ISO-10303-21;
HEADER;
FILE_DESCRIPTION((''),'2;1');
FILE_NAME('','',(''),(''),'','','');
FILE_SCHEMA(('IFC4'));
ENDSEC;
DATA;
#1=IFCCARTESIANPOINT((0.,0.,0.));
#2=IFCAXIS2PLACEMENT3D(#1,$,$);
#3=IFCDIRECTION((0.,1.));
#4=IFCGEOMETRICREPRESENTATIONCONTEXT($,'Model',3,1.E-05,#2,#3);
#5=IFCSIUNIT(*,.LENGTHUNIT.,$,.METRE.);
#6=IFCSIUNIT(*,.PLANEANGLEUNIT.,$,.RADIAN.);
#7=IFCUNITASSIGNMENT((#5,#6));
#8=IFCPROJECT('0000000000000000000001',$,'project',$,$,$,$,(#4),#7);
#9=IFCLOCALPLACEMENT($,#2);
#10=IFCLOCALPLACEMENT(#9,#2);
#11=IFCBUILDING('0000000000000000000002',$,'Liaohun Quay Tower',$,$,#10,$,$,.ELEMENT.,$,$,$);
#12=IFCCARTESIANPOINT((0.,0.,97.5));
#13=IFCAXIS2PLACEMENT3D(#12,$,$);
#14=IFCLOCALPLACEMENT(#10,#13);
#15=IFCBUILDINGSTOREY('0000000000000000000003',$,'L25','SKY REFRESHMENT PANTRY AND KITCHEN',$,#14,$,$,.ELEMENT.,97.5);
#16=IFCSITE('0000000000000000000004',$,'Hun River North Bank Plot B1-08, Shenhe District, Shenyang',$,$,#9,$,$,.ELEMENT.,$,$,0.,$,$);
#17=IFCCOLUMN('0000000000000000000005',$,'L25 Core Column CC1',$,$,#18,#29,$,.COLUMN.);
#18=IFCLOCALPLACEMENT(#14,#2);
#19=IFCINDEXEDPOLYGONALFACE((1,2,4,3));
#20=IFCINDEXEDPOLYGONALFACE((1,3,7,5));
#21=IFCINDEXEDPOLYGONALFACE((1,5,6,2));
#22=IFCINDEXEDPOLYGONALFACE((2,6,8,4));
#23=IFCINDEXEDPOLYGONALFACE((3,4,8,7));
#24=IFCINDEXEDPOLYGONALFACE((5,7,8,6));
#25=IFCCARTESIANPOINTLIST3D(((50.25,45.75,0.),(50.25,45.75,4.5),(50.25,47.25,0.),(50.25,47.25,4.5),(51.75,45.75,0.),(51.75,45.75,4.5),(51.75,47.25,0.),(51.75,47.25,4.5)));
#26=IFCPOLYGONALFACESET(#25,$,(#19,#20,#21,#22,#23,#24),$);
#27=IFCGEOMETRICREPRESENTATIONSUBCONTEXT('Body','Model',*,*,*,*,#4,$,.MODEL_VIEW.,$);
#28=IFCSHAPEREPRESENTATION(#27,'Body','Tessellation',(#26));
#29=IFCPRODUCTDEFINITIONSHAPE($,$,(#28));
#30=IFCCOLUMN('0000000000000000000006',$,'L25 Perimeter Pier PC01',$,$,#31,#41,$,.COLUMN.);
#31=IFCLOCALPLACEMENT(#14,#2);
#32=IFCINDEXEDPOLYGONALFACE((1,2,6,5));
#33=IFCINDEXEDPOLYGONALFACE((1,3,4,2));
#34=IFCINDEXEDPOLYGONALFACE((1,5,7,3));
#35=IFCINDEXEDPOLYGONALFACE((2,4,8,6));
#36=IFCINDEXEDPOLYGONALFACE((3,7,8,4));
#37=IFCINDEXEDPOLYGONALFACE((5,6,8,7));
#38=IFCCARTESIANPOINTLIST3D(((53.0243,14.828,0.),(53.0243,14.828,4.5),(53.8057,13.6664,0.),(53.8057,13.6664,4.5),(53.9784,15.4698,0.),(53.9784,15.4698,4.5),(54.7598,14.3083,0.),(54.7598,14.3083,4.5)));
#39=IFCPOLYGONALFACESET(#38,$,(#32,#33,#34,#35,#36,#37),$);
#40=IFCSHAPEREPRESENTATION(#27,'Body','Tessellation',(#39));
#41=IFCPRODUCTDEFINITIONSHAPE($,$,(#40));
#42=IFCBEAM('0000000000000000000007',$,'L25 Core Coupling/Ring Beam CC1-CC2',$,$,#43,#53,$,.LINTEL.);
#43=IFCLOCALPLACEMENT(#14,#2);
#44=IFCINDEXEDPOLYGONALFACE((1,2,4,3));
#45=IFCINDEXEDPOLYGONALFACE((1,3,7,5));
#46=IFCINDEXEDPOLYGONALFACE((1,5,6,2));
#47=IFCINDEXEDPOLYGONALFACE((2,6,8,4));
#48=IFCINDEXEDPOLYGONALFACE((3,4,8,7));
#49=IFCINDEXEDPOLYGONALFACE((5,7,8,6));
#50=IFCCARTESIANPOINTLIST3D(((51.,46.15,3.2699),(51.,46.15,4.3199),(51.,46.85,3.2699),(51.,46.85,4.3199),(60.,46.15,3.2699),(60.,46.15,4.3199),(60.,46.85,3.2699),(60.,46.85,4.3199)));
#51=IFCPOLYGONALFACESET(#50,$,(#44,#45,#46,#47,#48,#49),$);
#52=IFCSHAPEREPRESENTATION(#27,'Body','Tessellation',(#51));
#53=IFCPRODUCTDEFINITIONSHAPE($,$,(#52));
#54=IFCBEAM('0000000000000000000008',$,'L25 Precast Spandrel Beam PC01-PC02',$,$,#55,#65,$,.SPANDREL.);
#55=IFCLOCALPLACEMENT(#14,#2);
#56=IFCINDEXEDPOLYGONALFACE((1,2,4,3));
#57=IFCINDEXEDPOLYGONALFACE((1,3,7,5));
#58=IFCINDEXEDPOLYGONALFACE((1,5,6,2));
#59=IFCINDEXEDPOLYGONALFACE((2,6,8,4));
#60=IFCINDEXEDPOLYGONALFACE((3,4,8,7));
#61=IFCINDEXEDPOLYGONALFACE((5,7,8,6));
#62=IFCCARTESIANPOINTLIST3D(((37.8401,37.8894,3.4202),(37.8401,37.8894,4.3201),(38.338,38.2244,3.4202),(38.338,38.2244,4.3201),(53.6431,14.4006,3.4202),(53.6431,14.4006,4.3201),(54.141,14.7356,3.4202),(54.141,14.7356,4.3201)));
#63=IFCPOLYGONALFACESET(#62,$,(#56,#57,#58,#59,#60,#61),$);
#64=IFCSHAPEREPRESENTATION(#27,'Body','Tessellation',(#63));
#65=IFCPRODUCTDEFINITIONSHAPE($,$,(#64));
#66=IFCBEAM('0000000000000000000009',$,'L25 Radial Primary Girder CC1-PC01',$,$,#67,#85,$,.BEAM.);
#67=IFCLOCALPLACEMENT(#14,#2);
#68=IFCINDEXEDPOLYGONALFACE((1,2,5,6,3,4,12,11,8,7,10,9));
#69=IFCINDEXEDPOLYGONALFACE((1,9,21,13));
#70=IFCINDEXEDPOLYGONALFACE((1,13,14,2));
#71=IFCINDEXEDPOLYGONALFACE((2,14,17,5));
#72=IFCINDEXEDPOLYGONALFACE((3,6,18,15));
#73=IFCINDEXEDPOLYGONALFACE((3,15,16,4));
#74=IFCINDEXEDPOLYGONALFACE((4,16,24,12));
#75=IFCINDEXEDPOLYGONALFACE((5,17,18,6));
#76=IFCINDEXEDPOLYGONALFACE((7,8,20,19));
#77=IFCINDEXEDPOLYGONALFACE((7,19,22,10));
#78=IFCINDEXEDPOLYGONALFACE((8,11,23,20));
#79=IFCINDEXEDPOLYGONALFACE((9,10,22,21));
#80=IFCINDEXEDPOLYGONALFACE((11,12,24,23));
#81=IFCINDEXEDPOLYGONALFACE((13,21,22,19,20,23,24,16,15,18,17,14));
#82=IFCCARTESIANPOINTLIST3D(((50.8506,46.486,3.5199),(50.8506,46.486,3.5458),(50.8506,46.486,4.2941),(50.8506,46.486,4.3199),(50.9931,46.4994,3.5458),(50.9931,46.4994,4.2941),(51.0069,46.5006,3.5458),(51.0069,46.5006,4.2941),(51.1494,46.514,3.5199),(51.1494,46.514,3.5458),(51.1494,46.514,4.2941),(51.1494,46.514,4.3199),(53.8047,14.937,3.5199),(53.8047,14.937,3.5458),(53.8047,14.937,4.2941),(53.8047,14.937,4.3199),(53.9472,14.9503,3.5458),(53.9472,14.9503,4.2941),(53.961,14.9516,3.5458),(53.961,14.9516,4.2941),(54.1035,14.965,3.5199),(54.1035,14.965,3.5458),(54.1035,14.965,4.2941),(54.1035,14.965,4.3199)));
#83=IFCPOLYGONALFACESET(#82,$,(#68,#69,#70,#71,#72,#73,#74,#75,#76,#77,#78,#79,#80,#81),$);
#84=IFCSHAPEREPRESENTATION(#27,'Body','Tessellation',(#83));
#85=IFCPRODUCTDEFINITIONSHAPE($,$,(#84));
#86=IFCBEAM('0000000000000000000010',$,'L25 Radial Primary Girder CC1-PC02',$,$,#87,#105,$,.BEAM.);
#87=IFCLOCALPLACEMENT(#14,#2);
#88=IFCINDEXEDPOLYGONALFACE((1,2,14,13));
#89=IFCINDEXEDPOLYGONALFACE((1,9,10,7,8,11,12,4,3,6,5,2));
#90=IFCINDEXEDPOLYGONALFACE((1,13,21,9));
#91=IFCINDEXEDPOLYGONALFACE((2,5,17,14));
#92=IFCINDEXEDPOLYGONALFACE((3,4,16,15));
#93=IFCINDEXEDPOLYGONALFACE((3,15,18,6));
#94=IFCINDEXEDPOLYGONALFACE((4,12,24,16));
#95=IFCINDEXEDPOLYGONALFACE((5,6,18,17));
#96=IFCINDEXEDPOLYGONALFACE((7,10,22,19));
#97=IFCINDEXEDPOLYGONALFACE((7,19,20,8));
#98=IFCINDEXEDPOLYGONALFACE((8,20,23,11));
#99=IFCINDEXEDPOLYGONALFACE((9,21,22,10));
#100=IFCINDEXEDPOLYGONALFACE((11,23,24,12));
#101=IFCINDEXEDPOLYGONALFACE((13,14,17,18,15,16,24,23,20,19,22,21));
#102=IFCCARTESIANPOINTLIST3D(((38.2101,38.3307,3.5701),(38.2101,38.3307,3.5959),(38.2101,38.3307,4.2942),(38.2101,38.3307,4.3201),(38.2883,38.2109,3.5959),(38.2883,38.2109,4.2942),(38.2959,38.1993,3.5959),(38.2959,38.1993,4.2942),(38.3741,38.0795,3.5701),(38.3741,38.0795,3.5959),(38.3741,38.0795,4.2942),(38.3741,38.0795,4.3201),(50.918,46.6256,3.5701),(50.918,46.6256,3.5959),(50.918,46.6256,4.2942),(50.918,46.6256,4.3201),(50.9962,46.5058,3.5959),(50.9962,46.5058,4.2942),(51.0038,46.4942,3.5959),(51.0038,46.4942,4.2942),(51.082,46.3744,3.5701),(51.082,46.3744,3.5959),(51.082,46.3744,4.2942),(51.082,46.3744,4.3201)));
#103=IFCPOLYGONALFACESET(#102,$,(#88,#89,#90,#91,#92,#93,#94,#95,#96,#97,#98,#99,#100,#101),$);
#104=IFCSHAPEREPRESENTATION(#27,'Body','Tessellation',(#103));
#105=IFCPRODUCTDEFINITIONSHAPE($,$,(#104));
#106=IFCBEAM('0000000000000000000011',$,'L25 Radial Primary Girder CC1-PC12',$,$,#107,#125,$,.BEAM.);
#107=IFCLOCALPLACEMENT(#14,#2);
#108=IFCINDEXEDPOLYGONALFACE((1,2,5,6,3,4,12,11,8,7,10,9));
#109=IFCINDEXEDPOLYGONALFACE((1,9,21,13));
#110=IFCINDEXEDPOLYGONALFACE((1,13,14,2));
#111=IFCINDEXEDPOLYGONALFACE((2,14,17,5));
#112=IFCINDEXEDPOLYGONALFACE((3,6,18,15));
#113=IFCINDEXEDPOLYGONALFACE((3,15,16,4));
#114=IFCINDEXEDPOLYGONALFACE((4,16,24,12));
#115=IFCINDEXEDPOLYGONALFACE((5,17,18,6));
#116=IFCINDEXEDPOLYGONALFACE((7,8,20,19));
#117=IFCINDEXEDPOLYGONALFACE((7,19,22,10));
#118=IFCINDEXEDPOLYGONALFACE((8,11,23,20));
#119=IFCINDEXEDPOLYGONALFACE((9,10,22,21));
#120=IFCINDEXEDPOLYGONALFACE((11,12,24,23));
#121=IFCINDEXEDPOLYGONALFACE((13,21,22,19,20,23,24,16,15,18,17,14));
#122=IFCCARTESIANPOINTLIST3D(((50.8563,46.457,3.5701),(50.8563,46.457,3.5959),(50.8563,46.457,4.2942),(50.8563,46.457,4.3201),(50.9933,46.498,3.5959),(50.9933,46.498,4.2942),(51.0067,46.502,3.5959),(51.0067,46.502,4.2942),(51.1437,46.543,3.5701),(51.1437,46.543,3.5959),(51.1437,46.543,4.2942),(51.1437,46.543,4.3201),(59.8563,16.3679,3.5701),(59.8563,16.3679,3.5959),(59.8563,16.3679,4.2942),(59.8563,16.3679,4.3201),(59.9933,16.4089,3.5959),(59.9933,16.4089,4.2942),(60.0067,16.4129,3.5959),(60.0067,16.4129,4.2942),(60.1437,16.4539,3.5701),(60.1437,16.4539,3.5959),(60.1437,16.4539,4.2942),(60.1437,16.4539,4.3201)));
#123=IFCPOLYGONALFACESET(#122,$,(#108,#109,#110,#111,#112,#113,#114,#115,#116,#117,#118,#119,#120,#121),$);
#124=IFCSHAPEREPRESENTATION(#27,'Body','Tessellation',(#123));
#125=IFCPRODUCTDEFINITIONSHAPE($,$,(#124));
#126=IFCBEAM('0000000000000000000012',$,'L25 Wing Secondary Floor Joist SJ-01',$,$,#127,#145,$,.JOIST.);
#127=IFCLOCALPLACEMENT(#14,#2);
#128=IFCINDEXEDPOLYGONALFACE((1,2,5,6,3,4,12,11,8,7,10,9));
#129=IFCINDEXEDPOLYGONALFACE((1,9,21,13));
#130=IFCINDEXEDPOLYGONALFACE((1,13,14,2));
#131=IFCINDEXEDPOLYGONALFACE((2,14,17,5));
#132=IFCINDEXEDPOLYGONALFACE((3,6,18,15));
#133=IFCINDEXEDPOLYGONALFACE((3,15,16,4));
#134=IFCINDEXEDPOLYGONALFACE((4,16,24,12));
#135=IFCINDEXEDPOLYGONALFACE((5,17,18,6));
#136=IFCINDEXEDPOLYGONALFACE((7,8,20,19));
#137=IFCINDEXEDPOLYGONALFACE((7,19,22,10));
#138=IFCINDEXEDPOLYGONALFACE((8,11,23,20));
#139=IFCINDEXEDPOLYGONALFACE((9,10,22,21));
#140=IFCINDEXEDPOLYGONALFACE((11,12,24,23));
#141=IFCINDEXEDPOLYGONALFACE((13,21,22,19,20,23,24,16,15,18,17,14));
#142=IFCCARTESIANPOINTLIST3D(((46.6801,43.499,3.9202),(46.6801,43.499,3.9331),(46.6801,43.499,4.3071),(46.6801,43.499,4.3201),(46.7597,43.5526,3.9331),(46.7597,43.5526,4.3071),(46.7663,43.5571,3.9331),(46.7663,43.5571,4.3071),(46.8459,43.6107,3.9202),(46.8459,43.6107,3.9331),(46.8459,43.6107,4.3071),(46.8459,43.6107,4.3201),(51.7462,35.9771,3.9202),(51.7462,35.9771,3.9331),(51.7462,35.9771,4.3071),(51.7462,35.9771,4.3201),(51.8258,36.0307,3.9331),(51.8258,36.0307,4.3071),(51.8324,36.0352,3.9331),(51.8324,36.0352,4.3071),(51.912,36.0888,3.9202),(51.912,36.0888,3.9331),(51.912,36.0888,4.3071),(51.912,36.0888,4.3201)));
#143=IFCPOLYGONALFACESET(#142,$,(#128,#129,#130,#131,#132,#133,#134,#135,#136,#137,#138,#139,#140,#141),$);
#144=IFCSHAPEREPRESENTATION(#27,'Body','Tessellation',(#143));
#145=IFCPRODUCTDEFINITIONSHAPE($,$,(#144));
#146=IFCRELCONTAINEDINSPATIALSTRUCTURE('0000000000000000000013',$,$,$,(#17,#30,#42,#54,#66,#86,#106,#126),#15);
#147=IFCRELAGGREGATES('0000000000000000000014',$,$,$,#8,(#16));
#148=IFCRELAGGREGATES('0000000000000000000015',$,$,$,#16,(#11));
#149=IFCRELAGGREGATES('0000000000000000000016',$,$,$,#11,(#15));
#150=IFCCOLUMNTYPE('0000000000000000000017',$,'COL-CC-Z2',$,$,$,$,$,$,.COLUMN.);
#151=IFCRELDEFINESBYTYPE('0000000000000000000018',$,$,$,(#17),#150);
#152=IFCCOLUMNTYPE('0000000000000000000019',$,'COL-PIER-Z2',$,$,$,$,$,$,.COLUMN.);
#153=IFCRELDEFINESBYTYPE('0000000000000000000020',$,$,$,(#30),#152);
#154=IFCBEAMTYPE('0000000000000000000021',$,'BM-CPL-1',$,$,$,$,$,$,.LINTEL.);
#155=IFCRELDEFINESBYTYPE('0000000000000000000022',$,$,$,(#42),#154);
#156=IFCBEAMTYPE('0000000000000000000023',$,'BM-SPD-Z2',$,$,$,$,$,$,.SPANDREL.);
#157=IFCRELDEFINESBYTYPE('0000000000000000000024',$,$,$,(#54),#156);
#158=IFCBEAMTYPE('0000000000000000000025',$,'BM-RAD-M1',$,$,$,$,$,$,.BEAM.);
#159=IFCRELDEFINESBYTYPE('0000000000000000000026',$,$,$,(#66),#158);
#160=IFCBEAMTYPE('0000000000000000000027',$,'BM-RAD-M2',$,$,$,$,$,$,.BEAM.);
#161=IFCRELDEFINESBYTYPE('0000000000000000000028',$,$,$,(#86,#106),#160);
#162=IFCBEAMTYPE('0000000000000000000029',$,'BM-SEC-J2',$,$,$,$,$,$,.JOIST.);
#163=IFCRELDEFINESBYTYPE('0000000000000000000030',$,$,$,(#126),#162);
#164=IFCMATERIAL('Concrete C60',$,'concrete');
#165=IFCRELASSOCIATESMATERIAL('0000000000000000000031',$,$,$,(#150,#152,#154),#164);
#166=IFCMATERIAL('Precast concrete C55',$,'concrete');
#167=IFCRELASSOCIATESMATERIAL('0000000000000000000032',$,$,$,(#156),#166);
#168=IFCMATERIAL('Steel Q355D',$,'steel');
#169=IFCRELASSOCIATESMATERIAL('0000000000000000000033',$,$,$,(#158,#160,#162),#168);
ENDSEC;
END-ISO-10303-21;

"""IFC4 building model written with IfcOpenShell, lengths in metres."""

from ifc_helpers import new_model, si_unit, direction, frame, origin, origin_2d, place, context, subcontext, project, spatial, rectangle, i_section, extrude, source, transform, mapped, material, material_profile, profile_set, type_object, element, save


model = new_model("IFC4")

# Units and contexts
model_context = context("Model", 3, precision=1e-05, world=origin(), true_north=direction((0.0, 1.0)))
body_context = subcontext(model_context, "Body", "Model", "MODEL_VIEW")
ifc_project = project(units=[si_unit("LENGTHUNIT", "METRE"), si_unit("PLANEANGLEUNIT", "RADIAN")], contexts=[model_context])

# Site, building, storey
site_placement = place(None, origin())
site = spatial("IfcSite", under=ifc_project, at=site_placement, Name="Hun River North Bank Plot B1-08, Shenhe District, Shenyang", CompositionType="ELEMENT", RefElevation=0.0)
building_placement = place(site_placement, origin())
building = spatial("IfcBuilding", under=site, at=building_placement, Name="Liaohun Quay Tower", CompositionType="ELEMENT")
storey_placement = place(building_placement, frame((0.0, 0.0, 97.5)))
storey = spatial("IfcBuildingStorey", under=building, at=storey_placement, Name="L25", Description="SKY REFRESHMENT PANTRY AND KITCHEN", CompositionType="ELEMENT", Elevation=97.5)

# Columns
ifc_material_1 = material(Name="Concrete C60", Category="concrete")
ifc_material_profile_1 = material_profile(ifc_material_1, rectangle(XDim=1.5, YDim=1.5, at=origin_2d()), Name="RC1500x1500")
ifc_profile_set_1 = profile_set([ifc_material_profile_1], Name="Concrete C60")
column_type_1 = type_object("IfcColumnType", Name="COL-CC-Z2", PredefinedType="COLUMN", material=ifc_profile_set_1)
shared_shape_1 = source(origin(), body_context, "Body", "SweptSolid", [
    extrude(rectangle(XDim=1.5, YDim=1.5, at=origin_2d()), origin(), (0.0, 0.0, 1.0), 4.5),
])
column_1_placement = place(storey_placement, frame((51.0, 46.5, 0.0), z_axis=(0.0, 0.0, 1.0), x_axis=(1.0, 0.0, 0.0)))
element("IfcColumn", 1, at=column_1_placement, inside=storey, type_object=column_type_1, Name="L25 Core Column CC1", PredefinedType="COLUMN", context=body_context, shape_type="MappedRepresentation", body=[
    mapped(shared_shape_1, transform((0.0, 0.0, 0.0), x_axis=(1.0, 0.0, 0.0), y_axis=(0.0, 1.0, 0.0), z_axis=(0.0, 0.0, 1.0), scale=1.0)),
])
ifc_material_profile_2 = material_profile(ifc_material_1, rectangle(XDim=1.3999, YDim=1.1499, at=origin_2d()), Name="RC1400x1150")
ifc_profile_set_2 = profile_set([ifc_material_profile_2], Name="Concrete C60")
column_type_2 = type_object("IfcColumnType", Name="COL-PIER-Z2", PredefinedType="COLUMN", material=ifc_profile_set_2)
shared_shape_2 = source(origin(), body_context, "Body", "SweptSolid", [
    extrude(rectangle(XDim=1.3999, YDim=1.1499, at=origin_2d()), origin(), (0.0, 0.0, 1.0), 4.5),
])
column_2_placement = place(storey_placement, frame((53.8921, 14.5681, 0.0), z_axis=(0.0, 0.0, 1.0), x_axis=(-0.55818, 0.82972, 0.0)))
element("IfcColumn", 2, at=column_2_placement, inside=storey, type_object=column_type_2, Name="L25 Perimeter Pier PC01", PredefinedType="COLUMN", context=body_context, shape_type="MappedRepresentation", body=[
    mapped(shared_shape_2, transform((0.0, 0.0, 0.0), x_axis=(1.0, 0.0, 0.0), y_axis=(0.0, 1.0, 0.0), z_axis=(0.0, 0.0, 1.0), scale=1.0)),
])

# Beams
ifc_material_profile_3 = material_profile(ifc_material_1, rectangle(XDim=0.7, YDim=1.05, at=origin_2d()), Name="RC700x1050")
ifc_profile_set_3 = profile_set([ifc_material_profile_3], Name="Concrete C60")
beam_type_1 = type_object("IfcBeamType", Name="BM-CPL-1", PredefinedType="LINTEL", material=ifc_profile_set_3)
shared_shape_3 = source(origin(), body_context, "Body", "SweptSolid", [
    extrude(rectangle(XDim=0.7, YDim=1.05, at=origin_2d()), origin(), (0.0, 0.0, 1.0), 9.0),
])
beam_1_placement = place(storey_placement, frame((51.0, 46.5, 3.7949), z_axis=(1.0, 0.0, 0.0), x_axis=(0.0, 1.0, 0.0)))
element("IfcBeam", 3, at=beam_1_placement, inside=storey, type_object=beam_type_1, Name="L25 Core Coupling/Ring Beam CC1-CC2", PredefinedType="LINTEL", context=body_context, shape_type="MappedRepresentation", body=[
    mapped(shared_shape_3, transform((0.0, 0.0, 0.0), x_axis=(1.0, 0.0, 0.0), y_axis=(0.0, 1.0, 0.0), z_axis=(0.0, 0.0, 1.0), scale=1.0)),
])
ifc_material_2 = material(Name="Precast concrete C55", Category="concrete")
ifc_material_profile_4 = material_profile(ifc_material_2, rectangle(XDim=0.6001, YDim=0.8999, at=origin_2d()), Name="RC600x900")
ifc_profile_set_4 = profile_set([ifc_material_profile_4], Name="Precast concrete C55")
beam_type_2 = type_object("IfcBeamType", Name="BM-SPD-Z2", PredefinedType="SPANDREL", material=ifc_profile_set_4)
shared_shape_4 = source(origin(), body_context, "Body", "SweptSolid", [
    extrude(rectangle(XDim=0.6001, YDim=0.8999, at=origin_2d()), origin(), (0.0, 0.0, 1.0), 28.3101),
])
beam_2_placement = place(storey_placement, frame((53.8921, 14.5681, 3.8701), z_axis=(-0.558212, 0.829699, 0.0), x_axis=(-0.829699, -0.558212, 0.0)))
element("IfcBeam", 4, at=beam_2_placement, inside=storey, type_object=beam_type_2, Name="L25 Precast Spandrel Beam PC01-PC02", PredefinedType="SPANDREL", context=body_context, shape_type="MappedRepresentation", body=[
    mapped(shared_shape_4, transform((0.0, 0.0, 0.0), x_axis=(1.0, 0.0, 0.0), y_axis=(0.0, 1.0, 0.0), z_axis=(0.0, 0.0, 1.0), scale=1.0)),
])
ifc_material_3 = material(Name="Steel Q355D", Category="steel")
ifc_material_profile_5 = material_profile(ifc_material_3, i_section(OverallWidth=0.3, OverallDepth=0.8, WebThickness=0.0139, FlangeThickness=0.0259, at=origin_2d()), Name="HN800x300x14x26")
ifc_profile_set_5 = profile_set([ifc_material_profile_5], Name="Steel Q355D")
beam_type_3 = type_object("IfcBeamType", Name="BM-RAD-M1", PredefinedType="BEAM", material=ifc_profile_set_5)
shared_shape_5 = source(origin(), body_context, "Body", "SweptSolid", [
    extrude(i_section(OverallWidth=0.3, OverallDepth=0.8, WebThickness=0.0139, FlangeThickness=0.0259, at=origin_2d()), origin(), (0.0, 0.0, 1.0), 31.687),
])
beam_3_placement = place(storey_placement, frame((51.0, 46.5, 3.9199), z_axis=(0.093227, -0.995645, 0.0), x_axis=(0.995645, 0.093227, 0.0)))
element("IfcBeam", 5, at=beam_3_placement, inside=storey, type_object=beam_type_3, Name="L25 Radial Primary Girder CC1-PC01", PredefinedType="BEAM", context=body_context, shape_type="MappedRepresentation", body=[
    mapped(shared_shape_5, transform((0.0, 0.0, 0.0), x_axis=(1.0, 0.0, 0.0), y_axis=(0.0, 1.0, 0.0), z_axis=(0.0, 0.0, 1.0), scale=1.0)),
])
ifc_material_profile_6 = material_profile(ifc_material_3, i_section(OverallWidth=0.3, OverallDepth=0.75, WebThickness=0.0139, FlangeThickness=0.0259, at=origin_2d()), Name="HN750x300x14x26")
ifc_profile_set_6 = profile_set([ifc_material_profile_6], Name="Steel Q355D")
beam_type_4 = type_object("IfcBeamType", Name="BM-RAD-M2", PredefinedType="BEAM", material=ifc_profile_set_6)
shared_shape_6 = source(origin(), body_context, "Body", "SweptSolid", [
    extrude(i_section(OverallWidth=0.3, OverallDepth=0.75, WebThickness=0.0139, FlangeThickness=0.0259, at=origin_2d()), origin(), (0.0, 0.0, 1.0), 15.1755),
])
beam_4_placement = place(storey_placement, frame((51.0, 46.5, 3.9451), z_axis=(-0.837397, -0.546596, 0.0), x_axis=(0.546596, -0.837397, 0.0)))
element("IfcBeam", 6, at=beam_4_placement, inside=storey, type_object=beam_type_4, Name="L25 Radial Primary Girder CC1-PC02", PredefinedType="BEAM", context=body_context, shape_type="MappedRepresentation", body=[
    mapped(shared_shape_6, transform((0.0, 0.0, 0.0), x_axis=(1.0, 0.0, 0.0), y_axis=(0.0, 1.0, 0.0), z_axis=(0.0, 0.0, 1.0), scale=1.0)),
])
shared_shape_7 = source(origin(), body_context, "Body", "SweptSolid", [
    extrude(i_section(OverallWidth=0.3, OverallDepth=0.75, WebThickness=0.0139, FlangeThickness=0.0259, at=origin_2d()), origin(), (0.0, 0.0, 1.0), 31.4062),
])
beam_5_placement = place(storey_placement, frame((51.0, 46.5, 3.9451), z_axis=(0.286567, -0.95806, 0.0), x_axis=(0.95806, 0.286567, 0.0)))
element("IfcBeam", 7, at=beam_5_placement, inside=storey, type_object=beam_type_4, Name="L25 Radial Primary Girder CC1-PC12", PredefinedType="BEAM", context=body_context, shape_type="MappedRepresentation", body=[
    mapped(shared_shape_7, transform((0.0, 0.0, 0.0), x_axis=(1.0, 0.0, 0.0), y_axis=(0.0, 1.0, 0.0), z_axis=(0.0, 0.0, 1.0), scale=1.0)),
])
ifc_material_profile_7 = material_profile(ifc_material_3, i_section(OverallWidth=0.2, OverallDepth=0.3999, WebThickness=0.0081, FlangeThickness=0.0129, at=origin_2d()), Name="HN400x200x8x13")
ifc_profile_set_7 = profile_set([ifc_material_profile_7], Name="Steel Q355D")
beam_type_5 = type_object("IfcBeamType", Name="BM-SEC-J2", PredefinedType="JOIST", material=ifc_profile_set_7)
shared_shape_8 = source(origin(), body_context, "Body", "SweptSolid", [
    extrude(i_section(OverallWidth=0.2, OverallDepth=0.3999, WebThickness=0.0081, FlangeThickness=0.0129, at=origin_2d()), origin(), (0.0, 0.0, 1.0), 9.0688),
])
beam_6_placement = place(storey_placement, frame((51.8291, 36.033, 4.1201), z_axis=(-0.558626, 0.829419, 0.0), x_axis=(-0.829419, -0.558626, 0.0)))
element("IfcBeam", 8, at=beam_6_placement, inside=storey, type_object=beam_type_5, Name="L25 Wing Secondary Floor Joist SJ-01", PredefinedType="JOIST", context=body_context, shape_type="MappedRepresentation", body=[
    mapped(shared_shape_8, transform((0.0, 0.0, 0.0), x_axis=(1.0, 0.0, 0.0), y_axis=(0.0, 1.0, 0.0), z_axis=(0.0, 0.0, 1.0), scale=1.0)),
])

save(model, "model.ifc")
